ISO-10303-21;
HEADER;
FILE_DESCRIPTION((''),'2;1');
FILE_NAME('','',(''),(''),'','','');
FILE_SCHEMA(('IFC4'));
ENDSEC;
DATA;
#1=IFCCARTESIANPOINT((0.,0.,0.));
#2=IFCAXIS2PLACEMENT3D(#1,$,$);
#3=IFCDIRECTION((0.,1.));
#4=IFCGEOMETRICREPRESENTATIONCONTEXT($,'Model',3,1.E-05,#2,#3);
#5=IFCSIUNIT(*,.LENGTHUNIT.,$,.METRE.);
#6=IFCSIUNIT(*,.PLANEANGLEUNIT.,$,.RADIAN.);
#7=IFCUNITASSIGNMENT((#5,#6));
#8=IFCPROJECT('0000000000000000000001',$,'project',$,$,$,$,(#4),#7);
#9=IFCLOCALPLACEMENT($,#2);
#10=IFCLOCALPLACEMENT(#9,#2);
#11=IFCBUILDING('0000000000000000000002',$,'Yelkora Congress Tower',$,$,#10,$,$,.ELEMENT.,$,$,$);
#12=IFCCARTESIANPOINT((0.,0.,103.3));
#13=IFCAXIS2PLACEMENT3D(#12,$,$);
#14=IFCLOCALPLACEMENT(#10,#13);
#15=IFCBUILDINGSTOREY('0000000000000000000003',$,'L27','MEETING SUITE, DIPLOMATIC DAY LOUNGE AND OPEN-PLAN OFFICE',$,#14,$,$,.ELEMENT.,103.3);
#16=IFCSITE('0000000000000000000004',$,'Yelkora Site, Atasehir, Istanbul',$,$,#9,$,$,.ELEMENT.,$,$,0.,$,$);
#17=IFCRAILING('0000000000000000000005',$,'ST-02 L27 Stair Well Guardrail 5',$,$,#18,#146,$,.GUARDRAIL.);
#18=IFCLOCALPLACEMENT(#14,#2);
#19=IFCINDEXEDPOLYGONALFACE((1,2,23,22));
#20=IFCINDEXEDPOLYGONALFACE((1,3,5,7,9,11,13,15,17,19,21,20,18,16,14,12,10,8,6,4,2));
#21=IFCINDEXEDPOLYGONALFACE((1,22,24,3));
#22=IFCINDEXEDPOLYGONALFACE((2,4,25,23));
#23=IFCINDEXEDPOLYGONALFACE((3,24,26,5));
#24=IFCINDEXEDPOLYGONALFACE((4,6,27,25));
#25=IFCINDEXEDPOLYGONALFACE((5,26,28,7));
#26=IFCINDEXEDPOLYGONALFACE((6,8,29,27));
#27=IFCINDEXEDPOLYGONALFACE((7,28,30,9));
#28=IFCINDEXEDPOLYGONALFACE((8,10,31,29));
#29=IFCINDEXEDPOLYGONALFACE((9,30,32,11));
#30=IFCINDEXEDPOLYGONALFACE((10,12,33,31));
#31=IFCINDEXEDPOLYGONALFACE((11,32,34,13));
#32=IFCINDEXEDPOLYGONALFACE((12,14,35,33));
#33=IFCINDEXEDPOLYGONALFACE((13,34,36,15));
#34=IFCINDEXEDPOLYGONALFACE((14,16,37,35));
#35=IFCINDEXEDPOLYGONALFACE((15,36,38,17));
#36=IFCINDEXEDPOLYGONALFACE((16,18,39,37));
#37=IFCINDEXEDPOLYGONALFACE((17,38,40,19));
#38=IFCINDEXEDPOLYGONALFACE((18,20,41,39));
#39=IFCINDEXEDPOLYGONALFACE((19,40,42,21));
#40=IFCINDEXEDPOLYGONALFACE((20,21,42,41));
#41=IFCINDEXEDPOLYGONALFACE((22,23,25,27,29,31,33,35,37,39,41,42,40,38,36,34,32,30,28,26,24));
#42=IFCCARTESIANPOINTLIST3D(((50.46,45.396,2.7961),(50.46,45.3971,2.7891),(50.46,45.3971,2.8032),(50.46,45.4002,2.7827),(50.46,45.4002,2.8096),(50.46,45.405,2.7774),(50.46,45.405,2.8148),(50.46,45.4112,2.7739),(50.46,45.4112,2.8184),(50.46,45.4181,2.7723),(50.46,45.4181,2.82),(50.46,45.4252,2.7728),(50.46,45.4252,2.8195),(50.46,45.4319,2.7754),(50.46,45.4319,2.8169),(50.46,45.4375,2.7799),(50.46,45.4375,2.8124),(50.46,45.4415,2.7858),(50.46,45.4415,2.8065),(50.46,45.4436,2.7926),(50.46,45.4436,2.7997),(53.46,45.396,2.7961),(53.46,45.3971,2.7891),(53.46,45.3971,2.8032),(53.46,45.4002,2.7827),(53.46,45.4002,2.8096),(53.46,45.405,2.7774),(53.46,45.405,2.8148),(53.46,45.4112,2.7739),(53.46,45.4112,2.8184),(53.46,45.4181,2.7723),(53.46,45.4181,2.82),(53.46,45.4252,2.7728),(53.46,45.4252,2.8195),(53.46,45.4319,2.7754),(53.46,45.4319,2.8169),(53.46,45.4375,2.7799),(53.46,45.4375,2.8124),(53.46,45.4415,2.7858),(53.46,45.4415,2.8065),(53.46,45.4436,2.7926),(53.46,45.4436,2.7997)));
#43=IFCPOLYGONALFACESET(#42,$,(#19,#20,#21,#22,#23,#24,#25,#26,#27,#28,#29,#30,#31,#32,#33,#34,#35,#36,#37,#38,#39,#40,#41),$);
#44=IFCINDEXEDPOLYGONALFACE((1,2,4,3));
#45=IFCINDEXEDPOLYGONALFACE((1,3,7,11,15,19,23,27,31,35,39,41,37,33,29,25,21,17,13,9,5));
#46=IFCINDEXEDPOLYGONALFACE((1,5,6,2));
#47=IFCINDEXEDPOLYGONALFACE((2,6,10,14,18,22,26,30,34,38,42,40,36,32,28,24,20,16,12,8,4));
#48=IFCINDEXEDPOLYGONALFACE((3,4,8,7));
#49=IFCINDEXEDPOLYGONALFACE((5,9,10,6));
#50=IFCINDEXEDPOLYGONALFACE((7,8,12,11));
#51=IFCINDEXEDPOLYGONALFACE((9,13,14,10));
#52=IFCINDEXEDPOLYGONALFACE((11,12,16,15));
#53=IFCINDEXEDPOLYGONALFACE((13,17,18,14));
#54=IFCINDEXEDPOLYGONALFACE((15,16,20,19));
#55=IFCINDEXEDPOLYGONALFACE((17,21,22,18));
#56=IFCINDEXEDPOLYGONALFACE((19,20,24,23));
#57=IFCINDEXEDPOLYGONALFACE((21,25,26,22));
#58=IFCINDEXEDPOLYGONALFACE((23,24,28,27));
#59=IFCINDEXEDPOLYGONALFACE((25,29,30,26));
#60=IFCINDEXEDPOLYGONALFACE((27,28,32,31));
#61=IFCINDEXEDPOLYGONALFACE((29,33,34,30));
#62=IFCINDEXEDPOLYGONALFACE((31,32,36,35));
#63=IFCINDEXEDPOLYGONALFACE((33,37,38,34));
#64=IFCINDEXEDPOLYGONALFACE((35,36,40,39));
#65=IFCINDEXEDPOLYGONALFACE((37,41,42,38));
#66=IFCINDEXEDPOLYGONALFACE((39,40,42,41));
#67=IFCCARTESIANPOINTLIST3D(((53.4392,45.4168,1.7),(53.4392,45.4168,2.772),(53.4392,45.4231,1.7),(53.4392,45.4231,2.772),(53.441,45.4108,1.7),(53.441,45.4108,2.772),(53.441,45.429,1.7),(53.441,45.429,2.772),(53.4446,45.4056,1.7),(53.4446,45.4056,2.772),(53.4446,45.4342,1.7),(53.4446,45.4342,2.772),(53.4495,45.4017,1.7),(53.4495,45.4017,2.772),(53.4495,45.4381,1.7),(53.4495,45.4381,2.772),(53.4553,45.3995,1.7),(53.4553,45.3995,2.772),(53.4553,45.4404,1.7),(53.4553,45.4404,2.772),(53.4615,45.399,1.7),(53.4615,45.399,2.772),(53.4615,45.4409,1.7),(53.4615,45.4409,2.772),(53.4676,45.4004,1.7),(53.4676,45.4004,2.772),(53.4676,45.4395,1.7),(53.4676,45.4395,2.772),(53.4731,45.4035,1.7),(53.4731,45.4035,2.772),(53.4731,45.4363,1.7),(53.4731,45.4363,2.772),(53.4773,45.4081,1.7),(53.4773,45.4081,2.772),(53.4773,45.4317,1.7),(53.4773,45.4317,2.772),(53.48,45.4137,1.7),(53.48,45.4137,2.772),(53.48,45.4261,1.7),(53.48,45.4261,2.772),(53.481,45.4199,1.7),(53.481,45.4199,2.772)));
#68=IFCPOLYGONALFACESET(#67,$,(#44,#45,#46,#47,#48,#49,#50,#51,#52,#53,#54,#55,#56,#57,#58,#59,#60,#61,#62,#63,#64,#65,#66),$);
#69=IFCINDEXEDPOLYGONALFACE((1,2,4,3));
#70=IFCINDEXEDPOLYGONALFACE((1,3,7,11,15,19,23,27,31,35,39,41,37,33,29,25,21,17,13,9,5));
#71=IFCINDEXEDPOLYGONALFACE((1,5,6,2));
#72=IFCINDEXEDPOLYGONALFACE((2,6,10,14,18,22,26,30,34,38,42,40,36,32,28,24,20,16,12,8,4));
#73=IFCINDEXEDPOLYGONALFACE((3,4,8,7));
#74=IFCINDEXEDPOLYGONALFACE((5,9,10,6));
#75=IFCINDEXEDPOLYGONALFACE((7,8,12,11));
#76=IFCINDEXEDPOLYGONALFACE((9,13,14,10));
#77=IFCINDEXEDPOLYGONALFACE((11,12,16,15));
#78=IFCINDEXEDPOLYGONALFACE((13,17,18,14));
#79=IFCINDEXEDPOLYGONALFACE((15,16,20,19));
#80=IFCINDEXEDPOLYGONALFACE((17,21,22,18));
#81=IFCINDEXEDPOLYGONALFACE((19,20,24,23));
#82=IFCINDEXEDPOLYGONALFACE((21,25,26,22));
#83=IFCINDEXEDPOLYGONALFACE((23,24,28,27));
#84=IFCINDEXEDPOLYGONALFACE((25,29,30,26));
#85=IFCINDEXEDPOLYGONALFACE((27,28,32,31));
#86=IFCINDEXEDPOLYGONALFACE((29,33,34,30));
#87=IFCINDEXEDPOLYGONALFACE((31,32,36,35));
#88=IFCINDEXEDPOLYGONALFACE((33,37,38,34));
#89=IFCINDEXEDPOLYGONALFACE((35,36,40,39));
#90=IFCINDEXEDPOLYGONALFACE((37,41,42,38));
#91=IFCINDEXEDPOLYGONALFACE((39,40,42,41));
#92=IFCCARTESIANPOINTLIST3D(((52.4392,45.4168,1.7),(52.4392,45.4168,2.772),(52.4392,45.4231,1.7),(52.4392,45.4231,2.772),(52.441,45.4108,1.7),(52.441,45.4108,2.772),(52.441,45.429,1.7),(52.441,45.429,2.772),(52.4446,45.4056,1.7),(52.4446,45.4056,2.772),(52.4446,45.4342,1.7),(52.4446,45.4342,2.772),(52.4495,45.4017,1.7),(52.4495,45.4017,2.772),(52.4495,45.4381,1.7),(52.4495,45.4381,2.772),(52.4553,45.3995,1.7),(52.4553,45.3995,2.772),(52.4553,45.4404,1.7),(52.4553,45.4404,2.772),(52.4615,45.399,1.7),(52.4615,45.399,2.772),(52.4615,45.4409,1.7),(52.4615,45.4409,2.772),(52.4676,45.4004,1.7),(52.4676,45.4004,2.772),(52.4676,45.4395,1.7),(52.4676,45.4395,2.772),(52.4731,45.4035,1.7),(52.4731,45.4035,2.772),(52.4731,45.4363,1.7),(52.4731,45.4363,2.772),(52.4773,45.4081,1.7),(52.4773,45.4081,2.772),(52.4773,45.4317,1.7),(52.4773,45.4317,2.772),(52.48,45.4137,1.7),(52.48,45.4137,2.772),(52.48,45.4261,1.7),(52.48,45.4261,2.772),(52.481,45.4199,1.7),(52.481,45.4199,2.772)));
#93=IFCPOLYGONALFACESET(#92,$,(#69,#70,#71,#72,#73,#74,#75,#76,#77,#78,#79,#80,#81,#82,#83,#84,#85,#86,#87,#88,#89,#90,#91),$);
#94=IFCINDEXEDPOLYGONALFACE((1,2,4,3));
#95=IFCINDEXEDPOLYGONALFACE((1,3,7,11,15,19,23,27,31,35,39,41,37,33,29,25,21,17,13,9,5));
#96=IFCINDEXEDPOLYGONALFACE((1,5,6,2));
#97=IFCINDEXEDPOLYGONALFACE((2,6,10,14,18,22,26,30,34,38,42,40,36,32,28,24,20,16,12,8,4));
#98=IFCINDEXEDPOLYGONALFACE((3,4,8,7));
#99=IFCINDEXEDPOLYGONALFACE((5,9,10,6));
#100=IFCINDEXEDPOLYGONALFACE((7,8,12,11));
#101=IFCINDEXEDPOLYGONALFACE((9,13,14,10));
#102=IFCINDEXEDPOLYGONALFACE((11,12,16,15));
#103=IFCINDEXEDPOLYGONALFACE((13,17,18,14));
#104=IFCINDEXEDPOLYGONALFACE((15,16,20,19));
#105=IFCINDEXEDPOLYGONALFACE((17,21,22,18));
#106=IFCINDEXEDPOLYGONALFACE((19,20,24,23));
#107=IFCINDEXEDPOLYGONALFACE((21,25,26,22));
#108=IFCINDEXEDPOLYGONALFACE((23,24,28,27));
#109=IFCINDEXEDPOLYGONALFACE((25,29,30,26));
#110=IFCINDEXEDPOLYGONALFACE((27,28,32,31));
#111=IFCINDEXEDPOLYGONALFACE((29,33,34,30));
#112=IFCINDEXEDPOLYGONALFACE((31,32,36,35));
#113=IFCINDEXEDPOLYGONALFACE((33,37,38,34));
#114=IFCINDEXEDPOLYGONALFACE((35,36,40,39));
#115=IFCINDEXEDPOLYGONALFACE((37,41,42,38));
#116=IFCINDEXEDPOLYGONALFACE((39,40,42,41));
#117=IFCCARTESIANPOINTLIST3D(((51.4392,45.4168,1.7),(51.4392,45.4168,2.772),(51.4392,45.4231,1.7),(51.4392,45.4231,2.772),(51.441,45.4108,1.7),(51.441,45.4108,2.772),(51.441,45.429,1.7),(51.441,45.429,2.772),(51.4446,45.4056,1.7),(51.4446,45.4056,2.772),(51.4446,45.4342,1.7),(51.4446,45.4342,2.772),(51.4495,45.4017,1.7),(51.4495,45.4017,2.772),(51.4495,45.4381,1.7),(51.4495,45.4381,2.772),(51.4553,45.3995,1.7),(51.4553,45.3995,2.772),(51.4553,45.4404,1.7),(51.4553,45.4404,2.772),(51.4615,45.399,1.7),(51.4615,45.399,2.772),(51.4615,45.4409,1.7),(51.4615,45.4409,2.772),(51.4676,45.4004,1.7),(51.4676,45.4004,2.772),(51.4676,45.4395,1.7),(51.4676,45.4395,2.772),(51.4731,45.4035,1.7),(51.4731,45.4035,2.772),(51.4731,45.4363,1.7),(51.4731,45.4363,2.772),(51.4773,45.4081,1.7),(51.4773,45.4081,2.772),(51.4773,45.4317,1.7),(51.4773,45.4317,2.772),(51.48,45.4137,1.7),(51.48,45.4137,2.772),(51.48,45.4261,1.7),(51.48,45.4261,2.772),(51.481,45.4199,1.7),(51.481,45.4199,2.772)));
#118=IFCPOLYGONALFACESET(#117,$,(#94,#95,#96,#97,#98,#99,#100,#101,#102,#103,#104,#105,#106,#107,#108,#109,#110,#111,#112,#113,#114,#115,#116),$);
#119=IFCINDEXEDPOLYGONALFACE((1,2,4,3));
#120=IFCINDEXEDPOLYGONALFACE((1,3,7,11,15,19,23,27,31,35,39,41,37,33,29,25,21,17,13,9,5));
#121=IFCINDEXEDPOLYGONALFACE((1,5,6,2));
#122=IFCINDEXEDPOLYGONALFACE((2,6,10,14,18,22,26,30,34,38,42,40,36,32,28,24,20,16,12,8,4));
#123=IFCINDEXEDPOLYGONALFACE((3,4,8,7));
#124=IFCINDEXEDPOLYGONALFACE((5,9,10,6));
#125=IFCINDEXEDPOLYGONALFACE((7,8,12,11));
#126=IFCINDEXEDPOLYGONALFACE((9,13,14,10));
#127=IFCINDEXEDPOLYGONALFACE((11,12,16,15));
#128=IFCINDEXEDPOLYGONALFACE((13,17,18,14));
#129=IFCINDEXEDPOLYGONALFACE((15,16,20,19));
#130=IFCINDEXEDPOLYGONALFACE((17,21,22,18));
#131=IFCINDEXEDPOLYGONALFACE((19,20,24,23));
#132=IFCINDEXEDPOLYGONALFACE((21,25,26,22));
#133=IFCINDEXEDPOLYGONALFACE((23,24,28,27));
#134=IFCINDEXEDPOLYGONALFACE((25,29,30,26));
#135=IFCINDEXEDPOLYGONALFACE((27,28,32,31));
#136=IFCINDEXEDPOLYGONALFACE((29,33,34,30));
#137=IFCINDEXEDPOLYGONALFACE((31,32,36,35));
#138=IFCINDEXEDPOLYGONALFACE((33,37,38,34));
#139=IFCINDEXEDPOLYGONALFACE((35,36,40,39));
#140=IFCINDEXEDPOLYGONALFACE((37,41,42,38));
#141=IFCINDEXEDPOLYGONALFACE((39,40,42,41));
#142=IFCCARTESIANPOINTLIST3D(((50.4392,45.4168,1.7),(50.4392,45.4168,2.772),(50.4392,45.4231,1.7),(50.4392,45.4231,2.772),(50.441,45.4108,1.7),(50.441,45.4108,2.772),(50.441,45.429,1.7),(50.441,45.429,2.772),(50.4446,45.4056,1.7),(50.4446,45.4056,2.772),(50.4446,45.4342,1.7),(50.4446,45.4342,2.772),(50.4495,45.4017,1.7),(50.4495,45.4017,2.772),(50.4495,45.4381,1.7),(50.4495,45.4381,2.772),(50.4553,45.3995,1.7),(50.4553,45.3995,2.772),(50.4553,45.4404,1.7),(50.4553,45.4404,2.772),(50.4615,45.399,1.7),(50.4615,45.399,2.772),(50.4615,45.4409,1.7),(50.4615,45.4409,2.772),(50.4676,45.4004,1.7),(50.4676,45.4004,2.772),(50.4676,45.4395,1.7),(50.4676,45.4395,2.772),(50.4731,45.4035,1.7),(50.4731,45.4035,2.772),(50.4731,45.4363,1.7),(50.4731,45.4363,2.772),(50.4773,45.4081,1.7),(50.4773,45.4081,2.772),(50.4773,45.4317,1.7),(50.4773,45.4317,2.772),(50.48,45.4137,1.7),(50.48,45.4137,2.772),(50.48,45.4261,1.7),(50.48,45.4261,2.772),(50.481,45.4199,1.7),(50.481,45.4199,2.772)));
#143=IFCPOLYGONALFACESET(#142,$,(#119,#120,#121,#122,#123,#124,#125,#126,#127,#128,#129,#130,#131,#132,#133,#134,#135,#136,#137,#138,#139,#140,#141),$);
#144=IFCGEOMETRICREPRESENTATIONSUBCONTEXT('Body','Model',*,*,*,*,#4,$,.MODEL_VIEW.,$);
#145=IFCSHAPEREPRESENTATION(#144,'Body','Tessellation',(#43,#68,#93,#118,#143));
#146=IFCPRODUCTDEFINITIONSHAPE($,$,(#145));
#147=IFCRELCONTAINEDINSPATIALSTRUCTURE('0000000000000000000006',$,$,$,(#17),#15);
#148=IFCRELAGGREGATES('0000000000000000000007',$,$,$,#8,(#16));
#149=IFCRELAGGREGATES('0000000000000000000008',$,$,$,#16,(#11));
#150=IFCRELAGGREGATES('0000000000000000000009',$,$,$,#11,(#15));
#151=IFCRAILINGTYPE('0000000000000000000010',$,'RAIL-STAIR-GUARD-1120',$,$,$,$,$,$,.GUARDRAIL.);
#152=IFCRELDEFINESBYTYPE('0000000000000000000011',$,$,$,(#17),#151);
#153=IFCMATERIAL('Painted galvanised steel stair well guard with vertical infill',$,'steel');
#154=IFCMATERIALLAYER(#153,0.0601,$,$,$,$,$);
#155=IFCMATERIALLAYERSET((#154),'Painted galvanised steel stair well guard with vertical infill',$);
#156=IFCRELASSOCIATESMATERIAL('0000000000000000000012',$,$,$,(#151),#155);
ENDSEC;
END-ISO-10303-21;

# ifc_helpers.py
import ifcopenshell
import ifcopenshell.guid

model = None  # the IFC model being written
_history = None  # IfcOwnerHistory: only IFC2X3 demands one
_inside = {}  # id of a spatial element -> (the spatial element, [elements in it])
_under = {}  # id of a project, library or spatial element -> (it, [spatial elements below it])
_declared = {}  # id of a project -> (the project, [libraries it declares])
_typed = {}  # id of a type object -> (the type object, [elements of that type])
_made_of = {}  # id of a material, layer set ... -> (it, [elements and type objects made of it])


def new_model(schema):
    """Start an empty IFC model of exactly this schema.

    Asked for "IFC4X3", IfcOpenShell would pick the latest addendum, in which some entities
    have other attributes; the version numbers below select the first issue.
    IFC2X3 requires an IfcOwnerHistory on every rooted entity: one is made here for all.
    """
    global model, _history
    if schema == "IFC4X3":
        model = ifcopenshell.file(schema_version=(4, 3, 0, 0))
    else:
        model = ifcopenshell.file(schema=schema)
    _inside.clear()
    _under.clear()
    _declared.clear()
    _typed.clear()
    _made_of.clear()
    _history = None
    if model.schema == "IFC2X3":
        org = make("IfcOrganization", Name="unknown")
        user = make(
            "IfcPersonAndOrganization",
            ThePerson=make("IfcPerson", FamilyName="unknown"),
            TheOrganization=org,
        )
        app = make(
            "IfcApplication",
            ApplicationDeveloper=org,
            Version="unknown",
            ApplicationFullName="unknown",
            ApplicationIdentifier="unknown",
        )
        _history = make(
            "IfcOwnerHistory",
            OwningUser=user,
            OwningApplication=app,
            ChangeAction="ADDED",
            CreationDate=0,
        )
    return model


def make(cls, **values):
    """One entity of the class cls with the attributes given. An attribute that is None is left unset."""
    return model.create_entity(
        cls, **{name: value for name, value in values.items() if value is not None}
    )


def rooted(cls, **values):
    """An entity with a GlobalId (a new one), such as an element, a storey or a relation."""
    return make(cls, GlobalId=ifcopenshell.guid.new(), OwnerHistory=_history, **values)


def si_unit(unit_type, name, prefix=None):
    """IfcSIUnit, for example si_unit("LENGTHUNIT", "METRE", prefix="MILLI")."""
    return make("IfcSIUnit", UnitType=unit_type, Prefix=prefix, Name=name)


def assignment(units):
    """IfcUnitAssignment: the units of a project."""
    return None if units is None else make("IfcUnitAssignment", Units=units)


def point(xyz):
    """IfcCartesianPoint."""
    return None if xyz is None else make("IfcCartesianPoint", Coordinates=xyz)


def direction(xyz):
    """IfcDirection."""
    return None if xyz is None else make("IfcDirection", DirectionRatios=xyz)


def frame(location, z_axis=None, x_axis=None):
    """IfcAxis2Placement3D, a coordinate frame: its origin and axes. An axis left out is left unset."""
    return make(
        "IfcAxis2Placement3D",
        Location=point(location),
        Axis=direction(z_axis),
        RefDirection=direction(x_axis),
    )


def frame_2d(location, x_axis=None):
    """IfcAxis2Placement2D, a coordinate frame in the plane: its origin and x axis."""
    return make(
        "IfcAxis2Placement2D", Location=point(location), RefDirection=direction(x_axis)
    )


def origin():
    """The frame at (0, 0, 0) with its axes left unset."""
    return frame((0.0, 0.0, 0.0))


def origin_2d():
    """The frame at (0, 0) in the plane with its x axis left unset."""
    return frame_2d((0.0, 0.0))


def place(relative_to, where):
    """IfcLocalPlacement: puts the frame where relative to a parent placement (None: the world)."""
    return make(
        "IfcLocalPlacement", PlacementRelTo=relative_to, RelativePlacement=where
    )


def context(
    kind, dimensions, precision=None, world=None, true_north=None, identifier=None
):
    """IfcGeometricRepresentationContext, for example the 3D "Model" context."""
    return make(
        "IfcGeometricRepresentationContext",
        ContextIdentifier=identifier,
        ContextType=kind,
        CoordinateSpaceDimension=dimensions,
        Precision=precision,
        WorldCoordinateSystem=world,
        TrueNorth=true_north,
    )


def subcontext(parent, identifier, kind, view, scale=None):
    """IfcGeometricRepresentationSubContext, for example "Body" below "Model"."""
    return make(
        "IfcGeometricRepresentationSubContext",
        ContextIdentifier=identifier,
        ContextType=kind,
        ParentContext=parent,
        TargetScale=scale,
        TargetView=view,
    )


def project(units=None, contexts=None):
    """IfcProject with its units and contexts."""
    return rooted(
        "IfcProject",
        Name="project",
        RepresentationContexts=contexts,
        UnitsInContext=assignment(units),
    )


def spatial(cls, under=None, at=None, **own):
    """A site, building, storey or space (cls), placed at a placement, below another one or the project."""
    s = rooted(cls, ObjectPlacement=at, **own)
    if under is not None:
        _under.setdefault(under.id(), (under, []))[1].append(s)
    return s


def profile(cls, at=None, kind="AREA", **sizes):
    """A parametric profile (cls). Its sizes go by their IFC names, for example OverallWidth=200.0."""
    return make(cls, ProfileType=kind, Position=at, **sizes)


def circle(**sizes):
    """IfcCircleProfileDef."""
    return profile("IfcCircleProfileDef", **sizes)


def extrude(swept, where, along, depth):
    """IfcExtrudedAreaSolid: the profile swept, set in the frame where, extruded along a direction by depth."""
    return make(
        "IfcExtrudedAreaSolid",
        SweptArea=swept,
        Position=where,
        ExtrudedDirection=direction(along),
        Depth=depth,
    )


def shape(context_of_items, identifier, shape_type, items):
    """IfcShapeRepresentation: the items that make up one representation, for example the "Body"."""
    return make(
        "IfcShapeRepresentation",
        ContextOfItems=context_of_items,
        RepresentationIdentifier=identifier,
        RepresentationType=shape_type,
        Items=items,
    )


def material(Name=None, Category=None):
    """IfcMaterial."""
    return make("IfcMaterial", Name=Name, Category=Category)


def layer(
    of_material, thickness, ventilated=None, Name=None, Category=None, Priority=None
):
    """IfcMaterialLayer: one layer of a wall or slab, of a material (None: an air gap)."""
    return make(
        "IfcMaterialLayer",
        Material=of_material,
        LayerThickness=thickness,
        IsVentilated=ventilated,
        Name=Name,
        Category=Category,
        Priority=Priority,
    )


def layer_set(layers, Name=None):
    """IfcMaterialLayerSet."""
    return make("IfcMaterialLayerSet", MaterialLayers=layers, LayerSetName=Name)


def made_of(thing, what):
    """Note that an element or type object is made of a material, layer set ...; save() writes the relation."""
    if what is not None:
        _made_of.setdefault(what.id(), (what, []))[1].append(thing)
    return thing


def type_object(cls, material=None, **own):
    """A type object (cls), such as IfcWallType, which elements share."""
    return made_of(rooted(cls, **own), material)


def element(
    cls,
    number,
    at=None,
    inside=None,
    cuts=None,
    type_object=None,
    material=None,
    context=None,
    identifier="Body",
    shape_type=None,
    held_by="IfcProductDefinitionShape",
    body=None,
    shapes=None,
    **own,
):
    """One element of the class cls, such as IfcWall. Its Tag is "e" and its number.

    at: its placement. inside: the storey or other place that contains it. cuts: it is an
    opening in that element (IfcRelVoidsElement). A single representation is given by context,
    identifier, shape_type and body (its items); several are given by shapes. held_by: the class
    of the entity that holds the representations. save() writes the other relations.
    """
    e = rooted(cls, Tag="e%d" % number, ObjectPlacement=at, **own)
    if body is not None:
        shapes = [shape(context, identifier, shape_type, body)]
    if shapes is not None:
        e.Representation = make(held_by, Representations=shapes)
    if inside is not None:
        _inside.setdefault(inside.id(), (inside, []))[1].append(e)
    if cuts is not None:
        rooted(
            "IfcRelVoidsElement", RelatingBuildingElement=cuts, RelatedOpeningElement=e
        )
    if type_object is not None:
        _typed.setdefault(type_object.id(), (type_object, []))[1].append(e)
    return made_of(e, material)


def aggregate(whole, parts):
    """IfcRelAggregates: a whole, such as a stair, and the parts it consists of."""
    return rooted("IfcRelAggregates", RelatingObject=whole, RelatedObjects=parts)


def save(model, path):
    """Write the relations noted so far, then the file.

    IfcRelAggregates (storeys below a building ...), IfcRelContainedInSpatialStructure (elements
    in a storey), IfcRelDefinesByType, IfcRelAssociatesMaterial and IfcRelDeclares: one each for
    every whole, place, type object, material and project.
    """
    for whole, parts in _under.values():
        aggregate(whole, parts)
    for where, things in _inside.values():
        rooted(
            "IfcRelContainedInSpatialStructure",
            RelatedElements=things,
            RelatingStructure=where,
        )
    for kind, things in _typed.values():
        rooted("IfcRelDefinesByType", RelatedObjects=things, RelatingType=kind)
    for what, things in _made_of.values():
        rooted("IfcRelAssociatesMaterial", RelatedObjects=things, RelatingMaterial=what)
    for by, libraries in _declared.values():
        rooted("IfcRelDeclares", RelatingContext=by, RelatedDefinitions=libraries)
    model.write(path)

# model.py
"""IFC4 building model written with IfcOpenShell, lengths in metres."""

from ifc_helpers import new_model, si_unit, direction, frame, origin, origin_2d, place, context, subcontext, project, spatial, circle, extrude, material, layer, layer_set, type_object, element, save


model = new_model("IFC4")

# Units and contexts
model_context = context("Model", 3, precision=1e-05, world=origin(), true_north=direction((0.0, 1.0)))
body_context = subcontext(model_context, "Body", "Model", "MODEL_VIEW")
ifc_project = project(units=[si_unit("LENGTHUNIT", "METRE"), si_unit("PLANEANGLEUNIT", "RADIAN")], contexts=[model_context])

# Site, building, storey
site_placement = place(None, origin())
site = spatial("IfcSite", under=ifc_project, at=site_placement, Name="Yelkora Site, Atasehir, Istanbul", CompositionType="ELEMENT", RefElevation=0.0)
building_placement = place(site_placement, origin())
building = spatial("IfcBuilding", under=site, at=building_placement, Name="Yelkora Congress Tower", CompositionType="ELEMENT")
storey_placement = place(building_placement, frame((0.0, 0.0, 103.3)))
storey = spatial("IfcBuildingStorey", under=building, at=storey_placement, Name="L27", Description="MEETING SUITE, DIPLOMATIC DAY LOUNGE AND OPEN-PLAN OFFICE", CompositionType="ELEMENT", Elevation=103.3)

# Railing
ifc_material_1 = material(Name="Painted galvanised steel stair well guard with vertical infill", Category="steel")
ifc_layer_1 = layer(ifc_material_1, 0.0601)
ifc_layer_set_1 = layer_set([ifc_layer_1], Name="Painted galvanised steel stair well guard with vertical infill")
railing_type_1 = type_object("IfcRailingType", Name="RAIL-STAIR-GUARD-1120", PredefinedType="GUARDRAIL", material=ifc_layer_set_1)
railing_1_placement = place(storey_placement, frame((53.46, 45.4199, 1.7)))
element("IfcRailing", 1, at=railing_1_placement, inside=storey, type_object=railing_type_1, Name="ST-02 L27 Stair Well Guardrail 5", PredefinedType="GUARDRAIL", context=body_context, shape_type="SweptSolid", body=[
    extrude(circle(Radius=0.0239, at=origin_2d()), frame((0.0, 0.0, 1.0962), z_axis=(-1.0, 0.0, 0.0), x_axis=(0.0, -1.0, 0.0)), (0.0, 0.0, 1.0), 3.0),
    extrude(circle(Radius=0.021, at=origin_2d()), origin(), (0.0, 0.0, 1.0), 1.072),
    extrude(circle(Radius=0.021, at=origin_2d()), frame((-1.0, 0.0, 0.0)), (0.0, 0.0, 1.0), 1.072),
    extrude(circle(Radius=0.021, at=origin_2d()), frame((-2.0, 0.0, 0.0)), (0.0, 0.0, 1.0), 1.072),
    extrude(circle(Radius=0.021, at=origin_2d()), frame((-3.0, 0.0, 0.0)), (0.0, 0.0, 1.0), 1.072),
])

save(model, "model.ifc")
